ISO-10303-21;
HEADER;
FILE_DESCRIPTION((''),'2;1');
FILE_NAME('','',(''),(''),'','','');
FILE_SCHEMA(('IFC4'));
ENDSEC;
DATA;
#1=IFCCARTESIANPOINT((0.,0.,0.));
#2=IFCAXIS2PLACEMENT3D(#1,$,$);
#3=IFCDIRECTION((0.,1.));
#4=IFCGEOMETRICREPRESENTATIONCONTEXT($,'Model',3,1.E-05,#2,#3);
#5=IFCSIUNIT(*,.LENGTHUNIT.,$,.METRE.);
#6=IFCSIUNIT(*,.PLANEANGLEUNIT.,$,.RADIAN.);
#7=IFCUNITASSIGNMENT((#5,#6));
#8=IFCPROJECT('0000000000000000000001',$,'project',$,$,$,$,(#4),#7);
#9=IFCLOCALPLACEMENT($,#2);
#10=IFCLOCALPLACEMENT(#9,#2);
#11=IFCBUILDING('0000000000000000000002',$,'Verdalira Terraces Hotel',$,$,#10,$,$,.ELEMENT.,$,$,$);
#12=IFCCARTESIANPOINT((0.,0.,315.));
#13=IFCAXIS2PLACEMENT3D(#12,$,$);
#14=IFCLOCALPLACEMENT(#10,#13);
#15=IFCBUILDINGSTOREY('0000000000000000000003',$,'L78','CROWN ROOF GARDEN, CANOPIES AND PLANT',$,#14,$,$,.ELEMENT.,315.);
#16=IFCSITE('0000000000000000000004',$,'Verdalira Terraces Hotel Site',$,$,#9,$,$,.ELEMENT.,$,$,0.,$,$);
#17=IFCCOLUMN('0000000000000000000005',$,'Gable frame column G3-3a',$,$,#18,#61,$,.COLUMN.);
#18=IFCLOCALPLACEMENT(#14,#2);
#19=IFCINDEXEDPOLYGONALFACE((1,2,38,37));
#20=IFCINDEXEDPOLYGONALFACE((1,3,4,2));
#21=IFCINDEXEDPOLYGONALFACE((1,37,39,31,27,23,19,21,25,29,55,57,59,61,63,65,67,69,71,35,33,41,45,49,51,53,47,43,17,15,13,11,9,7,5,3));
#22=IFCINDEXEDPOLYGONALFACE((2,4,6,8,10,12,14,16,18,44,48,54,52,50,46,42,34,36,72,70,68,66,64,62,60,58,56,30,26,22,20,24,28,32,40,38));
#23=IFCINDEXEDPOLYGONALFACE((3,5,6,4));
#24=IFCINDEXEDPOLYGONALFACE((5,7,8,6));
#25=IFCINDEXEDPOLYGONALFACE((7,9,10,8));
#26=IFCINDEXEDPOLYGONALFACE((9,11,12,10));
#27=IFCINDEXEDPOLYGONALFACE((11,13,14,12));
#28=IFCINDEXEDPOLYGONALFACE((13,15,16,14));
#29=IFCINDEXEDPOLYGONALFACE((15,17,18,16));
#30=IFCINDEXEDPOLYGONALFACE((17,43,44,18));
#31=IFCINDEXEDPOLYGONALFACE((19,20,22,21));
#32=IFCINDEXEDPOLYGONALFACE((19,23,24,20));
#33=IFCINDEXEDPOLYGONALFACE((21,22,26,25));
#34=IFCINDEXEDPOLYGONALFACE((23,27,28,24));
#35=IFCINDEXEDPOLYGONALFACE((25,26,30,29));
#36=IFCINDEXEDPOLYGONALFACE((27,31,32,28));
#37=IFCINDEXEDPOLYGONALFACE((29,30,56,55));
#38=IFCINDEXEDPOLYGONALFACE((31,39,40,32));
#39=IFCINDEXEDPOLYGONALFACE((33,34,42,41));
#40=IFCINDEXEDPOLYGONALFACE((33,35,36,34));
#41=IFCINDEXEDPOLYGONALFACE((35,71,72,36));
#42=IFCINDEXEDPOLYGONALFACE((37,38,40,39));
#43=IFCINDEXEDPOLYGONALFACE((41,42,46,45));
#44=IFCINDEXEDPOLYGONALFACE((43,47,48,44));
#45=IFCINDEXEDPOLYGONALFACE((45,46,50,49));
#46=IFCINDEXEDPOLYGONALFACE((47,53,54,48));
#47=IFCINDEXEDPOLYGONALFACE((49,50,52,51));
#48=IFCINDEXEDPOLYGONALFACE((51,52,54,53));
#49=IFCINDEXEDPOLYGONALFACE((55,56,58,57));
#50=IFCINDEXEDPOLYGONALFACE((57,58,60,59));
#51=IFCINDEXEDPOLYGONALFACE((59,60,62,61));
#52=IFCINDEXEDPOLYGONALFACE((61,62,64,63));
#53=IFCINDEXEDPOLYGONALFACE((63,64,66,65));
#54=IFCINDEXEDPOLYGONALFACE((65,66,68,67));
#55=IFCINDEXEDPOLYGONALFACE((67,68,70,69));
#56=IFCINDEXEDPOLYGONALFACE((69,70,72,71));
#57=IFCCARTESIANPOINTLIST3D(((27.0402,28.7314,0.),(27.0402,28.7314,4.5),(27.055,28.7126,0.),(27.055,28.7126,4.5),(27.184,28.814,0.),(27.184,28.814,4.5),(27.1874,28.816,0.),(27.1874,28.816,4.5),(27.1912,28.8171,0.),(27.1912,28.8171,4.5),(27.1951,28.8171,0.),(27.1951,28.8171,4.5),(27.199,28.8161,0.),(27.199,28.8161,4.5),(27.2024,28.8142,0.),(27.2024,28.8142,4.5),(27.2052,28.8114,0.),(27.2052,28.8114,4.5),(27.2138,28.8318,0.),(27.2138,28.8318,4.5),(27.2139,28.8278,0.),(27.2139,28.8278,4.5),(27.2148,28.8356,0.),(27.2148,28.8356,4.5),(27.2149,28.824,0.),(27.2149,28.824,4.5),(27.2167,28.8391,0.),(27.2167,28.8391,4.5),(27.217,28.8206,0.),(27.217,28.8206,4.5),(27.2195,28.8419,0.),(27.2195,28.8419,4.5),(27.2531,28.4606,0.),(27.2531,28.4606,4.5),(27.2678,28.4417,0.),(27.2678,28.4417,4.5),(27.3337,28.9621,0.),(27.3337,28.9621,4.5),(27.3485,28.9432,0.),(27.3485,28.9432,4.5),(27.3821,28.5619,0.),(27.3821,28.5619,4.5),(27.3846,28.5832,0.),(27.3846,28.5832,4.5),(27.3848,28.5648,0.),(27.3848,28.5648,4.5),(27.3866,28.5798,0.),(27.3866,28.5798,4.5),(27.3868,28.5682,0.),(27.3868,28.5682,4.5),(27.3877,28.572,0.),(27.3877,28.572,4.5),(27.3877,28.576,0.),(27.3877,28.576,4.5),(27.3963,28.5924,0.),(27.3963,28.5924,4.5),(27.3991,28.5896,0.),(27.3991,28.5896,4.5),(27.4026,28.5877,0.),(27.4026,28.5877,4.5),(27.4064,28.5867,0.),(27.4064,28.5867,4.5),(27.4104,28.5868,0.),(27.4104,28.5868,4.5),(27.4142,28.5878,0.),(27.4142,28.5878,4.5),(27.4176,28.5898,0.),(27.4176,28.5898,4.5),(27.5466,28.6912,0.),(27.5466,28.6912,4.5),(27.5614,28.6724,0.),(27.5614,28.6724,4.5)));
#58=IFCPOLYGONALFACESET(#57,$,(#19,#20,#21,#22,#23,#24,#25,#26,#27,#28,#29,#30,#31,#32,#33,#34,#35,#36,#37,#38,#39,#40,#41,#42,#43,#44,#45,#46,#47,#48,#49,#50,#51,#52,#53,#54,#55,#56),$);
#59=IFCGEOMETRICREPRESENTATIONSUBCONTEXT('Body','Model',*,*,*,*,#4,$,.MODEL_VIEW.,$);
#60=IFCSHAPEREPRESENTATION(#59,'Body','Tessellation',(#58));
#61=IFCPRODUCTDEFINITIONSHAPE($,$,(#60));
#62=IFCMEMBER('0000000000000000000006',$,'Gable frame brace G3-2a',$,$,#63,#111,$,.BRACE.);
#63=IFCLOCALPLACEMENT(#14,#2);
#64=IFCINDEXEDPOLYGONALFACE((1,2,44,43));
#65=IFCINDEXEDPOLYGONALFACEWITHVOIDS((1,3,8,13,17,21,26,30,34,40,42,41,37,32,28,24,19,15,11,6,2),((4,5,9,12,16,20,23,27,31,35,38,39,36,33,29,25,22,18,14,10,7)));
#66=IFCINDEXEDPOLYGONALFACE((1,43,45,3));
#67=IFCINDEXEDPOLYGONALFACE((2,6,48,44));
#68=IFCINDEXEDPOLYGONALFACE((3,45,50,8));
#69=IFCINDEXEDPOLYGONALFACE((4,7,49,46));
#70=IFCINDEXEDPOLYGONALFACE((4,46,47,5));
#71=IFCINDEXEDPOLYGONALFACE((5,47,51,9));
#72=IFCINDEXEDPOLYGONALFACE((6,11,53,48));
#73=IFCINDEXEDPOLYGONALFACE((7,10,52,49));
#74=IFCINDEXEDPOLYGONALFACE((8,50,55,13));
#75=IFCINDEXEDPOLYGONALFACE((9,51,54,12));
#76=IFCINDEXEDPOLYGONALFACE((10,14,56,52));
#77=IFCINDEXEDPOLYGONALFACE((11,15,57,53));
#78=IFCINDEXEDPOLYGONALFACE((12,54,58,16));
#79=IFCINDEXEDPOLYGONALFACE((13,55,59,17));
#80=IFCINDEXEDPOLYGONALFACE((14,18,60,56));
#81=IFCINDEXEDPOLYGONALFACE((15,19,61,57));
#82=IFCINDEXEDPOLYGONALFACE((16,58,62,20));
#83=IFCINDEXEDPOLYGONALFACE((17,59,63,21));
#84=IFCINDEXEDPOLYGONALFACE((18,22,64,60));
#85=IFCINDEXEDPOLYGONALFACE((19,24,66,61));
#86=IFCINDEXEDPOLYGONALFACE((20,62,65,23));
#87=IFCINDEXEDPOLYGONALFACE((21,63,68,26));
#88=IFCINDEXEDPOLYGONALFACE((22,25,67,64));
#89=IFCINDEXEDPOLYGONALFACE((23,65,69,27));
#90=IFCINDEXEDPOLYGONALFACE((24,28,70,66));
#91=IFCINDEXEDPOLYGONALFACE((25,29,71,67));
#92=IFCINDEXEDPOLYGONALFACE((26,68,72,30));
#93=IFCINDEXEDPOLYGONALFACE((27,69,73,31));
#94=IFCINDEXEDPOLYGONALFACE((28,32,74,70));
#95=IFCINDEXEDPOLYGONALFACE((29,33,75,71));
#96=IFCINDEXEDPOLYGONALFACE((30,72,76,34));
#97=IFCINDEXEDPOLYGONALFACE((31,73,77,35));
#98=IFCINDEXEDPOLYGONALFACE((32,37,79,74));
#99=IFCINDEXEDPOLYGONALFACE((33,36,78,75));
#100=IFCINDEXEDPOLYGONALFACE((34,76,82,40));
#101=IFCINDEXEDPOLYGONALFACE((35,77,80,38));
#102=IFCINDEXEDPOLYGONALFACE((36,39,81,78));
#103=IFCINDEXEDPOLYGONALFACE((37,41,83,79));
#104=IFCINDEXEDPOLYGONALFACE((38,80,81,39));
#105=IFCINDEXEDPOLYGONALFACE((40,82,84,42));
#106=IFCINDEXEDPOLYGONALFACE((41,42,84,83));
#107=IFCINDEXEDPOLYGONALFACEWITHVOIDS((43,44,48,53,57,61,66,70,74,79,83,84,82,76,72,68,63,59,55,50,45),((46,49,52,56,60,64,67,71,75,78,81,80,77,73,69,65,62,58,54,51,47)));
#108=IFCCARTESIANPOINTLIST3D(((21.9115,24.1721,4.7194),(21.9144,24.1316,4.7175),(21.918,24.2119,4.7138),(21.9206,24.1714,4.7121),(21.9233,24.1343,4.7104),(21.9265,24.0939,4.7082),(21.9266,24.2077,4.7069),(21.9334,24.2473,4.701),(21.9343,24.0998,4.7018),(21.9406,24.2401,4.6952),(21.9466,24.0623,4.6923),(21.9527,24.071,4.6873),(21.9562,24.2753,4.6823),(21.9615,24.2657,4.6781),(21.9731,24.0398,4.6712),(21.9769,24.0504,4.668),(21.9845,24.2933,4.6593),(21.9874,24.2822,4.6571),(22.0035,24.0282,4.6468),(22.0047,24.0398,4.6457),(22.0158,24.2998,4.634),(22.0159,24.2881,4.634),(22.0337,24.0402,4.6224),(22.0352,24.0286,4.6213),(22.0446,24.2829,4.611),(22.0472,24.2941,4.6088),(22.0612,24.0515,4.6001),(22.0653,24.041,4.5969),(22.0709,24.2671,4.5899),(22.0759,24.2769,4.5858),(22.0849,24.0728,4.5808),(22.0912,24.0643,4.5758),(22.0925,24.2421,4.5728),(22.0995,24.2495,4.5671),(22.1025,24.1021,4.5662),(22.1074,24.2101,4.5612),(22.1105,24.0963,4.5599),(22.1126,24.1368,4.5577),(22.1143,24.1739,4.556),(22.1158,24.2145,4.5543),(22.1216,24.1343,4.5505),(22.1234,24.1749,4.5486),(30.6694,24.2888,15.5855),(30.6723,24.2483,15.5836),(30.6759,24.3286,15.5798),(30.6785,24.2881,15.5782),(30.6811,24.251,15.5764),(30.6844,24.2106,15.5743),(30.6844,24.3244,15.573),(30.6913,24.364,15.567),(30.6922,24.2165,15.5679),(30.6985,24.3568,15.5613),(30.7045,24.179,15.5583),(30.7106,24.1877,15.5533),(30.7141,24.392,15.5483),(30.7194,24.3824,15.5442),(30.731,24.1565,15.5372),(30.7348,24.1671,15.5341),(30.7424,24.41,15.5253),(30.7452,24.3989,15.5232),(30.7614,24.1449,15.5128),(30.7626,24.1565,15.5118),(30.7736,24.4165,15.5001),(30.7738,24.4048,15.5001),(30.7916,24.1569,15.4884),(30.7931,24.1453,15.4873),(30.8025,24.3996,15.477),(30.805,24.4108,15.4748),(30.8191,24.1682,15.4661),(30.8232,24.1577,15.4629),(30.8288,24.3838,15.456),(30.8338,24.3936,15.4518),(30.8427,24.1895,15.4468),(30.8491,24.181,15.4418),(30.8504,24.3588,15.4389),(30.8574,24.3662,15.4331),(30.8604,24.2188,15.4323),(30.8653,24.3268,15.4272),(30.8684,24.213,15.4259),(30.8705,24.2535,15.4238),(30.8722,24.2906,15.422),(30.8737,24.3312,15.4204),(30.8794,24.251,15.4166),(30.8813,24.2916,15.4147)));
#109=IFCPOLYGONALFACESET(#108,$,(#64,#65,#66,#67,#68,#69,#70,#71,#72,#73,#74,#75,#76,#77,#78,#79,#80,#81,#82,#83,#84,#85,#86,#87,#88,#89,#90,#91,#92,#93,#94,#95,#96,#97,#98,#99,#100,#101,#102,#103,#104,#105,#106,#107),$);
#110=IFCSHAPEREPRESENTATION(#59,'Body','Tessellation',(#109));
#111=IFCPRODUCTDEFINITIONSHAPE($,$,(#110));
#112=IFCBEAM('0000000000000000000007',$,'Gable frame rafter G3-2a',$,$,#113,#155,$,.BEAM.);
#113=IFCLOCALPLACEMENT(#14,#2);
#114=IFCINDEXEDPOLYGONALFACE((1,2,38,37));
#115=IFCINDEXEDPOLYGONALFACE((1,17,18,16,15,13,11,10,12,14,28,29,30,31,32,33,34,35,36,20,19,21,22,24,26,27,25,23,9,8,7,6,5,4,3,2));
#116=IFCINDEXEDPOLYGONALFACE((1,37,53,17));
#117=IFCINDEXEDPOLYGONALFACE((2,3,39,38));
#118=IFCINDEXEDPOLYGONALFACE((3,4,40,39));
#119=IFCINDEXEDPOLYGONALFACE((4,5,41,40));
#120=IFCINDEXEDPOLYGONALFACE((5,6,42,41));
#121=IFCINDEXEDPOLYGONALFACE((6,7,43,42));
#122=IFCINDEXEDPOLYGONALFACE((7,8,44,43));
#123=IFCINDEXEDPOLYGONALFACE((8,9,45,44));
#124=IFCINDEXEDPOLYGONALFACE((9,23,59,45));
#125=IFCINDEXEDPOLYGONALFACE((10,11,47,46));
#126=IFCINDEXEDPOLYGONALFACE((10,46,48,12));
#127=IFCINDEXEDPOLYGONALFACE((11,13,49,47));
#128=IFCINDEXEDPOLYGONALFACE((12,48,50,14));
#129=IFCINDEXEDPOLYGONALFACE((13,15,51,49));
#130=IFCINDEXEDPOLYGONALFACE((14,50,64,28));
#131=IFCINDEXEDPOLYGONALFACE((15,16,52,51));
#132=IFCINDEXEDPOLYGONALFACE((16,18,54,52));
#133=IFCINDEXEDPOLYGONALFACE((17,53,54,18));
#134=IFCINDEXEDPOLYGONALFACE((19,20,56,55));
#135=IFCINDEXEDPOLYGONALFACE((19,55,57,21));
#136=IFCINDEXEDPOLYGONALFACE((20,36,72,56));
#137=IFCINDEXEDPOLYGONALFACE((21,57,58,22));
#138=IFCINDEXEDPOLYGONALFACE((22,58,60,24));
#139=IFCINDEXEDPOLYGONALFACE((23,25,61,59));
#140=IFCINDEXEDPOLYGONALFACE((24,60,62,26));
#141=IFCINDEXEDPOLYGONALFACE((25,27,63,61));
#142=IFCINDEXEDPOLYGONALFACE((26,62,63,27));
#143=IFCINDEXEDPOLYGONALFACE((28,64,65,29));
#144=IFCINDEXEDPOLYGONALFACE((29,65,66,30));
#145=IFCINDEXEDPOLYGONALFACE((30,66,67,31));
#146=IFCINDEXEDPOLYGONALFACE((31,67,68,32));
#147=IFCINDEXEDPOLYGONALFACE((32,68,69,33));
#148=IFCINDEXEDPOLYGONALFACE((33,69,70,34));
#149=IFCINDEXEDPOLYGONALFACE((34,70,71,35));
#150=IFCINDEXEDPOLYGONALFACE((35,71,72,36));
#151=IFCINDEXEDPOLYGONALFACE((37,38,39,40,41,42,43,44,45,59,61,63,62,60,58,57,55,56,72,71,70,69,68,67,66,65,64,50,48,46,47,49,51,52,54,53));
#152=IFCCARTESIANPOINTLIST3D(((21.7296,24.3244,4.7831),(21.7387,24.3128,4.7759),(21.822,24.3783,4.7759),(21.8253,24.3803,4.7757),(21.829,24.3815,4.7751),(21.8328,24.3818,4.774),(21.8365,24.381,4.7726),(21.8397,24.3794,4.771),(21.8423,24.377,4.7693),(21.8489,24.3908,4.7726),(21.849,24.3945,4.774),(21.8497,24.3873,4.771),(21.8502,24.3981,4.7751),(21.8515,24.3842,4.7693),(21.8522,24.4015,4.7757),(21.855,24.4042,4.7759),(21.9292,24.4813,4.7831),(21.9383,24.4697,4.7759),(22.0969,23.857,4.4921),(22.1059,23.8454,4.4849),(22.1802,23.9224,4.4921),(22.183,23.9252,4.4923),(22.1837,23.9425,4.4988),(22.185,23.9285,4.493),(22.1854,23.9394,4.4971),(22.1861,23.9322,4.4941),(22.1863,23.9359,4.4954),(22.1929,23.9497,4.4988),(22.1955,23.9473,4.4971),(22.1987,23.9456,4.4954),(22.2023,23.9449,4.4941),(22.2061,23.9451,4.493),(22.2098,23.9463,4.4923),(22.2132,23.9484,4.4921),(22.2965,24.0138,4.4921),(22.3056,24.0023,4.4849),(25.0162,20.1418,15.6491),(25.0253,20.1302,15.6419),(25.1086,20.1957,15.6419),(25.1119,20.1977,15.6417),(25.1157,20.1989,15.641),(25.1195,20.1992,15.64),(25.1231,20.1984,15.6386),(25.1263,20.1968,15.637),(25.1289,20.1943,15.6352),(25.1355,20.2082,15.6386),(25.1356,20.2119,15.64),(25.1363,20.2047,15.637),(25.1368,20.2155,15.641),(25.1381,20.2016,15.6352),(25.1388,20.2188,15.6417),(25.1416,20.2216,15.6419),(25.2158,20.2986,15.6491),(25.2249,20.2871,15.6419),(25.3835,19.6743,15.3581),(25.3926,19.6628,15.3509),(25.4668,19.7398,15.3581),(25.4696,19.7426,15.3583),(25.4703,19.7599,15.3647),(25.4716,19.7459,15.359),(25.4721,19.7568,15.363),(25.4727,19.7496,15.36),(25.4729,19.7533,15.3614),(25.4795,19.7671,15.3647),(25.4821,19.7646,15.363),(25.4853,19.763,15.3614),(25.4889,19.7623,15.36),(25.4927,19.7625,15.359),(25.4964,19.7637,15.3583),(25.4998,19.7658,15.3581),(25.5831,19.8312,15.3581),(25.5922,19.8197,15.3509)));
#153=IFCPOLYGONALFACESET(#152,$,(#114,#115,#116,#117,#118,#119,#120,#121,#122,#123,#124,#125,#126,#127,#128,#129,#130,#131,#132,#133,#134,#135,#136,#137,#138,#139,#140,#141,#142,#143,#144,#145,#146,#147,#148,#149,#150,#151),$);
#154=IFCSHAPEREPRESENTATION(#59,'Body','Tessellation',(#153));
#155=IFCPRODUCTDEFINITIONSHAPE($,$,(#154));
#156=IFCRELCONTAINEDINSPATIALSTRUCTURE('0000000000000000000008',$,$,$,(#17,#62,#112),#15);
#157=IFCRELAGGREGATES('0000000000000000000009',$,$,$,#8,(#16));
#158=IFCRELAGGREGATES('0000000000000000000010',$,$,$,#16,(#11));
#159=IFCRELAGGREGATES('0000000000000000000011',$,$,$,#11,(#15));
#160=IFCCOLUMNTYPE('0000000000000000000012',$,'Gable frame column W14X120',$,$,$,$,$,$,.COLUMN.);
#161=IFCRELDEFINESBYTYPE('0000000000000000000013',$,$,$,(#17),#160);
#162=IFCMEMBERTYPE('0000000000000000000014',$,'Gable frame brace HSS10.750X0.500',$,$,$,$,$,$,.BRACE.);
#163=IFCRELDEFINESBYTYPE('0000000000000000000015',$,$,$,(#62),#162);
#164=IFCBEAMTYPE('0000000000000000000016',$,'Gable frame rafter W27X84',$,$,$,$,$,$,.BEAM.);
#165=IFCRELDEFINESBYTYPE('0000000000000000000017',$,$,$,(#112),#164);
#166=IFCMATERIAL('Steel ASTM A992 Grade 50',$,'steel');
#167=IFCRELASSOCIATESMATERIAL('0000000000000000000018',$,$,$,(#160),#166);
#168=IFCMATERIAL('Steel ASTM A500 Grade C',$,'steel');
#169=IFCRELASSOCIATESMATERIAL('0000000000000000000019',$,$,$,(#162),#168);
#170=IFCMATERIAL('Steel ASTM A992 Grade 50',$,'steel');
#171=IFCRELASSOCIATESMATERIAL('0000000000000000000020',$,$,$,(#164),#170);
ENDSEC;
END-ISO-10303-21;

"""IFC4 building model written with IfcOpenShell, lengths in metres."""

from ifc_helpers import new_model, si_unit, direction, frame, origin, origin_2d, place, context, subcontext, project, spatial, hollow_circle, i_section, extrude, material, material_profile, profile_set, type_object, element, save


model = new_model("IFC4")

# Units and contexts
model_context = context("Model", 3, precision=1e-05, world=origin(), true_north=direction((0.0, 1.0)))
body_context = subcontext(model_context, "Body", "Model", "MODEL_VIEW")
ifc_project = project(units=[si_unit("LENGTHUNIT", "METRE"), si_unit("PLANEANGLEUNIT", "RADIAN")], contexts=[model_context])

# Site, building, storey
site_placement = place(None, origin())
site = spatial("IfcSite", under=ifc_project, at=site_placement, Name="Verdalira Terraces Hotel Site", CompositionType="ELEMENT", RefElevation=0.0)
building_placement = place(site_placement, origin())
building = spatial("IfcBuilding", under=site, at=building_placement, Name="Verdalira Terraces Hotel", CompositionType="ELEMENT")
storey_placement = place(building_placement, frame((0.0, 0.0, 315.0)))
storey = spatial("IfcBuildingStorey", under=building, at=storey_placement, Name="L78", Description="CROWN ROOF GARDEN, CANOPIES AND PLANT", CompositionType="ELEMENT", Elevation=315.0)

# Column
ifc_material_1 = material(Name="Steel ASTM A992 Grade 50", Category="steel")
ifc_material_profile_1 = material_profile(ifc_material_1, i_section(OverallWidth=0.3733, OverallDepth=0.3684, WebThickness=0.0149, FlangeThickness=0.0239, FilletRadius=0.0151, at=origin_2d()), Name="W14X120")
ifc_profile_set_1 = profile_set([ifc_material_profile_1], Name="Steel ASTM A992 Grade 50")
column_type = type_object("IfcColumnType", Name="Gable frame column W14X120", PredefinedType="COLUMN", material=ifc_profile_set_1)
column_placement = place(storey_placement, frame((27.3008, 28.7019, 0.0), z_axis=(0.0, 0.0, 1.0), x_axis=(0.786288, 0.61786, 0.0)))
element("IfcColumn", 1, at=column_placement, inside=storey, type_object=column_type, Name="Gable frame column G3-3a", PredefinedType="COLUMN", context=body_context, shape_type="SweptSolid", body=[
    extrude(i_section(OverallWidth=0.3733, OverallDepth=0.3684, WebThickness=0.0149, FlangeThickness=0.0239, FilletRadius=0.0151, at=origin_2d()), origin(), (0.0, 0.0, 1.0), 4.5),
])

# Member
ifc_material_2 = material(Name="Steel ASTM A500 Grade C", Category="steel")
ifc_material_profile_2 = material_profile(ifc_material_2, hollow_circle(Radius=0.1365, WallThickness=0.0117, at=origin_2d()), Name="HSS10.750X0.500")
ifc_profile_set_2 = profile_set([ifc_material_profile_2], Name="Steel ASTM A500 Grade C")
member_type_1 = type_object("IfcMemberType", Name="Gable frame brace HSS10.750X0.500", PredefinedType="BRACE", material=ifc_profile_set_2)
member_1_placement = place(storey_placement, frame((22.0176, 24.1633, 4.634), z_axis=(0.627511, 0.008362, 0.778563), x_axis=(-0.013324, 0.999911, 0.0)))
element("IfcMember", 2, at=member_1_placement, inside=storey, type_object=member_type_1, Name="Gable frame brace G3-2a", PredefinedType="BRACE", context=body_context, shape_type="SweptSolid", body=[
    extrude(hollow_circle(Radius=0.1365, WallThickness=0.0117, at=origin_2d()), origin(), (0.0, 0.0, 1.0), 13.9565),
])

# Beam
ifc_material_3 = material(Name="Steel ASTM A992 Grade 50", Category="steel")
ifc_material_profile_3 = material_profile(ifc_material_3, i_section(OverallWidth=0.2539, OverallDepth=0.6782, WebThickness=0.0117, FlangeThickness=0.0164, FilletRadius=0.0151, at=origin_2d()), Name="W27X84")
ifc_profile_set_3 = profile_set([ifc_material_profile_3], Name="Steel ASTM A992 Grade 50")
beam_type_1 = type_object("IfcBeamType", Name="Gable frame rafter W27X84", PredefinedType="BEAM", material=ifc_profile_set_3)
beam_1_placement = place(storey_placement, frame((22.0176, 24.1633, 4.634), z_axis=(0.271663, -0.345724, 0.898151), x_axis=(0.786293, 0.617854, 0.0)))
element("IfcBeam", 3, at=beam_1_placement, inside=storey, type_object=beam_type_1, Name="Gable frame rafter G3-2a", PredefinedType="BEAM", context=body_context, shape_type="SweptSolid", body=[
    extrude(i_section(OverallWidth=0.2539, OverallDepth=0.6782, WebThickness=0.0117, FlangeThickness=0.0164, FilletRadius=0.0151, at=origin_2d()), origin(), (0.0, 0.0, 1.0), 12.0981),
])

save(model, "model.ifc")
